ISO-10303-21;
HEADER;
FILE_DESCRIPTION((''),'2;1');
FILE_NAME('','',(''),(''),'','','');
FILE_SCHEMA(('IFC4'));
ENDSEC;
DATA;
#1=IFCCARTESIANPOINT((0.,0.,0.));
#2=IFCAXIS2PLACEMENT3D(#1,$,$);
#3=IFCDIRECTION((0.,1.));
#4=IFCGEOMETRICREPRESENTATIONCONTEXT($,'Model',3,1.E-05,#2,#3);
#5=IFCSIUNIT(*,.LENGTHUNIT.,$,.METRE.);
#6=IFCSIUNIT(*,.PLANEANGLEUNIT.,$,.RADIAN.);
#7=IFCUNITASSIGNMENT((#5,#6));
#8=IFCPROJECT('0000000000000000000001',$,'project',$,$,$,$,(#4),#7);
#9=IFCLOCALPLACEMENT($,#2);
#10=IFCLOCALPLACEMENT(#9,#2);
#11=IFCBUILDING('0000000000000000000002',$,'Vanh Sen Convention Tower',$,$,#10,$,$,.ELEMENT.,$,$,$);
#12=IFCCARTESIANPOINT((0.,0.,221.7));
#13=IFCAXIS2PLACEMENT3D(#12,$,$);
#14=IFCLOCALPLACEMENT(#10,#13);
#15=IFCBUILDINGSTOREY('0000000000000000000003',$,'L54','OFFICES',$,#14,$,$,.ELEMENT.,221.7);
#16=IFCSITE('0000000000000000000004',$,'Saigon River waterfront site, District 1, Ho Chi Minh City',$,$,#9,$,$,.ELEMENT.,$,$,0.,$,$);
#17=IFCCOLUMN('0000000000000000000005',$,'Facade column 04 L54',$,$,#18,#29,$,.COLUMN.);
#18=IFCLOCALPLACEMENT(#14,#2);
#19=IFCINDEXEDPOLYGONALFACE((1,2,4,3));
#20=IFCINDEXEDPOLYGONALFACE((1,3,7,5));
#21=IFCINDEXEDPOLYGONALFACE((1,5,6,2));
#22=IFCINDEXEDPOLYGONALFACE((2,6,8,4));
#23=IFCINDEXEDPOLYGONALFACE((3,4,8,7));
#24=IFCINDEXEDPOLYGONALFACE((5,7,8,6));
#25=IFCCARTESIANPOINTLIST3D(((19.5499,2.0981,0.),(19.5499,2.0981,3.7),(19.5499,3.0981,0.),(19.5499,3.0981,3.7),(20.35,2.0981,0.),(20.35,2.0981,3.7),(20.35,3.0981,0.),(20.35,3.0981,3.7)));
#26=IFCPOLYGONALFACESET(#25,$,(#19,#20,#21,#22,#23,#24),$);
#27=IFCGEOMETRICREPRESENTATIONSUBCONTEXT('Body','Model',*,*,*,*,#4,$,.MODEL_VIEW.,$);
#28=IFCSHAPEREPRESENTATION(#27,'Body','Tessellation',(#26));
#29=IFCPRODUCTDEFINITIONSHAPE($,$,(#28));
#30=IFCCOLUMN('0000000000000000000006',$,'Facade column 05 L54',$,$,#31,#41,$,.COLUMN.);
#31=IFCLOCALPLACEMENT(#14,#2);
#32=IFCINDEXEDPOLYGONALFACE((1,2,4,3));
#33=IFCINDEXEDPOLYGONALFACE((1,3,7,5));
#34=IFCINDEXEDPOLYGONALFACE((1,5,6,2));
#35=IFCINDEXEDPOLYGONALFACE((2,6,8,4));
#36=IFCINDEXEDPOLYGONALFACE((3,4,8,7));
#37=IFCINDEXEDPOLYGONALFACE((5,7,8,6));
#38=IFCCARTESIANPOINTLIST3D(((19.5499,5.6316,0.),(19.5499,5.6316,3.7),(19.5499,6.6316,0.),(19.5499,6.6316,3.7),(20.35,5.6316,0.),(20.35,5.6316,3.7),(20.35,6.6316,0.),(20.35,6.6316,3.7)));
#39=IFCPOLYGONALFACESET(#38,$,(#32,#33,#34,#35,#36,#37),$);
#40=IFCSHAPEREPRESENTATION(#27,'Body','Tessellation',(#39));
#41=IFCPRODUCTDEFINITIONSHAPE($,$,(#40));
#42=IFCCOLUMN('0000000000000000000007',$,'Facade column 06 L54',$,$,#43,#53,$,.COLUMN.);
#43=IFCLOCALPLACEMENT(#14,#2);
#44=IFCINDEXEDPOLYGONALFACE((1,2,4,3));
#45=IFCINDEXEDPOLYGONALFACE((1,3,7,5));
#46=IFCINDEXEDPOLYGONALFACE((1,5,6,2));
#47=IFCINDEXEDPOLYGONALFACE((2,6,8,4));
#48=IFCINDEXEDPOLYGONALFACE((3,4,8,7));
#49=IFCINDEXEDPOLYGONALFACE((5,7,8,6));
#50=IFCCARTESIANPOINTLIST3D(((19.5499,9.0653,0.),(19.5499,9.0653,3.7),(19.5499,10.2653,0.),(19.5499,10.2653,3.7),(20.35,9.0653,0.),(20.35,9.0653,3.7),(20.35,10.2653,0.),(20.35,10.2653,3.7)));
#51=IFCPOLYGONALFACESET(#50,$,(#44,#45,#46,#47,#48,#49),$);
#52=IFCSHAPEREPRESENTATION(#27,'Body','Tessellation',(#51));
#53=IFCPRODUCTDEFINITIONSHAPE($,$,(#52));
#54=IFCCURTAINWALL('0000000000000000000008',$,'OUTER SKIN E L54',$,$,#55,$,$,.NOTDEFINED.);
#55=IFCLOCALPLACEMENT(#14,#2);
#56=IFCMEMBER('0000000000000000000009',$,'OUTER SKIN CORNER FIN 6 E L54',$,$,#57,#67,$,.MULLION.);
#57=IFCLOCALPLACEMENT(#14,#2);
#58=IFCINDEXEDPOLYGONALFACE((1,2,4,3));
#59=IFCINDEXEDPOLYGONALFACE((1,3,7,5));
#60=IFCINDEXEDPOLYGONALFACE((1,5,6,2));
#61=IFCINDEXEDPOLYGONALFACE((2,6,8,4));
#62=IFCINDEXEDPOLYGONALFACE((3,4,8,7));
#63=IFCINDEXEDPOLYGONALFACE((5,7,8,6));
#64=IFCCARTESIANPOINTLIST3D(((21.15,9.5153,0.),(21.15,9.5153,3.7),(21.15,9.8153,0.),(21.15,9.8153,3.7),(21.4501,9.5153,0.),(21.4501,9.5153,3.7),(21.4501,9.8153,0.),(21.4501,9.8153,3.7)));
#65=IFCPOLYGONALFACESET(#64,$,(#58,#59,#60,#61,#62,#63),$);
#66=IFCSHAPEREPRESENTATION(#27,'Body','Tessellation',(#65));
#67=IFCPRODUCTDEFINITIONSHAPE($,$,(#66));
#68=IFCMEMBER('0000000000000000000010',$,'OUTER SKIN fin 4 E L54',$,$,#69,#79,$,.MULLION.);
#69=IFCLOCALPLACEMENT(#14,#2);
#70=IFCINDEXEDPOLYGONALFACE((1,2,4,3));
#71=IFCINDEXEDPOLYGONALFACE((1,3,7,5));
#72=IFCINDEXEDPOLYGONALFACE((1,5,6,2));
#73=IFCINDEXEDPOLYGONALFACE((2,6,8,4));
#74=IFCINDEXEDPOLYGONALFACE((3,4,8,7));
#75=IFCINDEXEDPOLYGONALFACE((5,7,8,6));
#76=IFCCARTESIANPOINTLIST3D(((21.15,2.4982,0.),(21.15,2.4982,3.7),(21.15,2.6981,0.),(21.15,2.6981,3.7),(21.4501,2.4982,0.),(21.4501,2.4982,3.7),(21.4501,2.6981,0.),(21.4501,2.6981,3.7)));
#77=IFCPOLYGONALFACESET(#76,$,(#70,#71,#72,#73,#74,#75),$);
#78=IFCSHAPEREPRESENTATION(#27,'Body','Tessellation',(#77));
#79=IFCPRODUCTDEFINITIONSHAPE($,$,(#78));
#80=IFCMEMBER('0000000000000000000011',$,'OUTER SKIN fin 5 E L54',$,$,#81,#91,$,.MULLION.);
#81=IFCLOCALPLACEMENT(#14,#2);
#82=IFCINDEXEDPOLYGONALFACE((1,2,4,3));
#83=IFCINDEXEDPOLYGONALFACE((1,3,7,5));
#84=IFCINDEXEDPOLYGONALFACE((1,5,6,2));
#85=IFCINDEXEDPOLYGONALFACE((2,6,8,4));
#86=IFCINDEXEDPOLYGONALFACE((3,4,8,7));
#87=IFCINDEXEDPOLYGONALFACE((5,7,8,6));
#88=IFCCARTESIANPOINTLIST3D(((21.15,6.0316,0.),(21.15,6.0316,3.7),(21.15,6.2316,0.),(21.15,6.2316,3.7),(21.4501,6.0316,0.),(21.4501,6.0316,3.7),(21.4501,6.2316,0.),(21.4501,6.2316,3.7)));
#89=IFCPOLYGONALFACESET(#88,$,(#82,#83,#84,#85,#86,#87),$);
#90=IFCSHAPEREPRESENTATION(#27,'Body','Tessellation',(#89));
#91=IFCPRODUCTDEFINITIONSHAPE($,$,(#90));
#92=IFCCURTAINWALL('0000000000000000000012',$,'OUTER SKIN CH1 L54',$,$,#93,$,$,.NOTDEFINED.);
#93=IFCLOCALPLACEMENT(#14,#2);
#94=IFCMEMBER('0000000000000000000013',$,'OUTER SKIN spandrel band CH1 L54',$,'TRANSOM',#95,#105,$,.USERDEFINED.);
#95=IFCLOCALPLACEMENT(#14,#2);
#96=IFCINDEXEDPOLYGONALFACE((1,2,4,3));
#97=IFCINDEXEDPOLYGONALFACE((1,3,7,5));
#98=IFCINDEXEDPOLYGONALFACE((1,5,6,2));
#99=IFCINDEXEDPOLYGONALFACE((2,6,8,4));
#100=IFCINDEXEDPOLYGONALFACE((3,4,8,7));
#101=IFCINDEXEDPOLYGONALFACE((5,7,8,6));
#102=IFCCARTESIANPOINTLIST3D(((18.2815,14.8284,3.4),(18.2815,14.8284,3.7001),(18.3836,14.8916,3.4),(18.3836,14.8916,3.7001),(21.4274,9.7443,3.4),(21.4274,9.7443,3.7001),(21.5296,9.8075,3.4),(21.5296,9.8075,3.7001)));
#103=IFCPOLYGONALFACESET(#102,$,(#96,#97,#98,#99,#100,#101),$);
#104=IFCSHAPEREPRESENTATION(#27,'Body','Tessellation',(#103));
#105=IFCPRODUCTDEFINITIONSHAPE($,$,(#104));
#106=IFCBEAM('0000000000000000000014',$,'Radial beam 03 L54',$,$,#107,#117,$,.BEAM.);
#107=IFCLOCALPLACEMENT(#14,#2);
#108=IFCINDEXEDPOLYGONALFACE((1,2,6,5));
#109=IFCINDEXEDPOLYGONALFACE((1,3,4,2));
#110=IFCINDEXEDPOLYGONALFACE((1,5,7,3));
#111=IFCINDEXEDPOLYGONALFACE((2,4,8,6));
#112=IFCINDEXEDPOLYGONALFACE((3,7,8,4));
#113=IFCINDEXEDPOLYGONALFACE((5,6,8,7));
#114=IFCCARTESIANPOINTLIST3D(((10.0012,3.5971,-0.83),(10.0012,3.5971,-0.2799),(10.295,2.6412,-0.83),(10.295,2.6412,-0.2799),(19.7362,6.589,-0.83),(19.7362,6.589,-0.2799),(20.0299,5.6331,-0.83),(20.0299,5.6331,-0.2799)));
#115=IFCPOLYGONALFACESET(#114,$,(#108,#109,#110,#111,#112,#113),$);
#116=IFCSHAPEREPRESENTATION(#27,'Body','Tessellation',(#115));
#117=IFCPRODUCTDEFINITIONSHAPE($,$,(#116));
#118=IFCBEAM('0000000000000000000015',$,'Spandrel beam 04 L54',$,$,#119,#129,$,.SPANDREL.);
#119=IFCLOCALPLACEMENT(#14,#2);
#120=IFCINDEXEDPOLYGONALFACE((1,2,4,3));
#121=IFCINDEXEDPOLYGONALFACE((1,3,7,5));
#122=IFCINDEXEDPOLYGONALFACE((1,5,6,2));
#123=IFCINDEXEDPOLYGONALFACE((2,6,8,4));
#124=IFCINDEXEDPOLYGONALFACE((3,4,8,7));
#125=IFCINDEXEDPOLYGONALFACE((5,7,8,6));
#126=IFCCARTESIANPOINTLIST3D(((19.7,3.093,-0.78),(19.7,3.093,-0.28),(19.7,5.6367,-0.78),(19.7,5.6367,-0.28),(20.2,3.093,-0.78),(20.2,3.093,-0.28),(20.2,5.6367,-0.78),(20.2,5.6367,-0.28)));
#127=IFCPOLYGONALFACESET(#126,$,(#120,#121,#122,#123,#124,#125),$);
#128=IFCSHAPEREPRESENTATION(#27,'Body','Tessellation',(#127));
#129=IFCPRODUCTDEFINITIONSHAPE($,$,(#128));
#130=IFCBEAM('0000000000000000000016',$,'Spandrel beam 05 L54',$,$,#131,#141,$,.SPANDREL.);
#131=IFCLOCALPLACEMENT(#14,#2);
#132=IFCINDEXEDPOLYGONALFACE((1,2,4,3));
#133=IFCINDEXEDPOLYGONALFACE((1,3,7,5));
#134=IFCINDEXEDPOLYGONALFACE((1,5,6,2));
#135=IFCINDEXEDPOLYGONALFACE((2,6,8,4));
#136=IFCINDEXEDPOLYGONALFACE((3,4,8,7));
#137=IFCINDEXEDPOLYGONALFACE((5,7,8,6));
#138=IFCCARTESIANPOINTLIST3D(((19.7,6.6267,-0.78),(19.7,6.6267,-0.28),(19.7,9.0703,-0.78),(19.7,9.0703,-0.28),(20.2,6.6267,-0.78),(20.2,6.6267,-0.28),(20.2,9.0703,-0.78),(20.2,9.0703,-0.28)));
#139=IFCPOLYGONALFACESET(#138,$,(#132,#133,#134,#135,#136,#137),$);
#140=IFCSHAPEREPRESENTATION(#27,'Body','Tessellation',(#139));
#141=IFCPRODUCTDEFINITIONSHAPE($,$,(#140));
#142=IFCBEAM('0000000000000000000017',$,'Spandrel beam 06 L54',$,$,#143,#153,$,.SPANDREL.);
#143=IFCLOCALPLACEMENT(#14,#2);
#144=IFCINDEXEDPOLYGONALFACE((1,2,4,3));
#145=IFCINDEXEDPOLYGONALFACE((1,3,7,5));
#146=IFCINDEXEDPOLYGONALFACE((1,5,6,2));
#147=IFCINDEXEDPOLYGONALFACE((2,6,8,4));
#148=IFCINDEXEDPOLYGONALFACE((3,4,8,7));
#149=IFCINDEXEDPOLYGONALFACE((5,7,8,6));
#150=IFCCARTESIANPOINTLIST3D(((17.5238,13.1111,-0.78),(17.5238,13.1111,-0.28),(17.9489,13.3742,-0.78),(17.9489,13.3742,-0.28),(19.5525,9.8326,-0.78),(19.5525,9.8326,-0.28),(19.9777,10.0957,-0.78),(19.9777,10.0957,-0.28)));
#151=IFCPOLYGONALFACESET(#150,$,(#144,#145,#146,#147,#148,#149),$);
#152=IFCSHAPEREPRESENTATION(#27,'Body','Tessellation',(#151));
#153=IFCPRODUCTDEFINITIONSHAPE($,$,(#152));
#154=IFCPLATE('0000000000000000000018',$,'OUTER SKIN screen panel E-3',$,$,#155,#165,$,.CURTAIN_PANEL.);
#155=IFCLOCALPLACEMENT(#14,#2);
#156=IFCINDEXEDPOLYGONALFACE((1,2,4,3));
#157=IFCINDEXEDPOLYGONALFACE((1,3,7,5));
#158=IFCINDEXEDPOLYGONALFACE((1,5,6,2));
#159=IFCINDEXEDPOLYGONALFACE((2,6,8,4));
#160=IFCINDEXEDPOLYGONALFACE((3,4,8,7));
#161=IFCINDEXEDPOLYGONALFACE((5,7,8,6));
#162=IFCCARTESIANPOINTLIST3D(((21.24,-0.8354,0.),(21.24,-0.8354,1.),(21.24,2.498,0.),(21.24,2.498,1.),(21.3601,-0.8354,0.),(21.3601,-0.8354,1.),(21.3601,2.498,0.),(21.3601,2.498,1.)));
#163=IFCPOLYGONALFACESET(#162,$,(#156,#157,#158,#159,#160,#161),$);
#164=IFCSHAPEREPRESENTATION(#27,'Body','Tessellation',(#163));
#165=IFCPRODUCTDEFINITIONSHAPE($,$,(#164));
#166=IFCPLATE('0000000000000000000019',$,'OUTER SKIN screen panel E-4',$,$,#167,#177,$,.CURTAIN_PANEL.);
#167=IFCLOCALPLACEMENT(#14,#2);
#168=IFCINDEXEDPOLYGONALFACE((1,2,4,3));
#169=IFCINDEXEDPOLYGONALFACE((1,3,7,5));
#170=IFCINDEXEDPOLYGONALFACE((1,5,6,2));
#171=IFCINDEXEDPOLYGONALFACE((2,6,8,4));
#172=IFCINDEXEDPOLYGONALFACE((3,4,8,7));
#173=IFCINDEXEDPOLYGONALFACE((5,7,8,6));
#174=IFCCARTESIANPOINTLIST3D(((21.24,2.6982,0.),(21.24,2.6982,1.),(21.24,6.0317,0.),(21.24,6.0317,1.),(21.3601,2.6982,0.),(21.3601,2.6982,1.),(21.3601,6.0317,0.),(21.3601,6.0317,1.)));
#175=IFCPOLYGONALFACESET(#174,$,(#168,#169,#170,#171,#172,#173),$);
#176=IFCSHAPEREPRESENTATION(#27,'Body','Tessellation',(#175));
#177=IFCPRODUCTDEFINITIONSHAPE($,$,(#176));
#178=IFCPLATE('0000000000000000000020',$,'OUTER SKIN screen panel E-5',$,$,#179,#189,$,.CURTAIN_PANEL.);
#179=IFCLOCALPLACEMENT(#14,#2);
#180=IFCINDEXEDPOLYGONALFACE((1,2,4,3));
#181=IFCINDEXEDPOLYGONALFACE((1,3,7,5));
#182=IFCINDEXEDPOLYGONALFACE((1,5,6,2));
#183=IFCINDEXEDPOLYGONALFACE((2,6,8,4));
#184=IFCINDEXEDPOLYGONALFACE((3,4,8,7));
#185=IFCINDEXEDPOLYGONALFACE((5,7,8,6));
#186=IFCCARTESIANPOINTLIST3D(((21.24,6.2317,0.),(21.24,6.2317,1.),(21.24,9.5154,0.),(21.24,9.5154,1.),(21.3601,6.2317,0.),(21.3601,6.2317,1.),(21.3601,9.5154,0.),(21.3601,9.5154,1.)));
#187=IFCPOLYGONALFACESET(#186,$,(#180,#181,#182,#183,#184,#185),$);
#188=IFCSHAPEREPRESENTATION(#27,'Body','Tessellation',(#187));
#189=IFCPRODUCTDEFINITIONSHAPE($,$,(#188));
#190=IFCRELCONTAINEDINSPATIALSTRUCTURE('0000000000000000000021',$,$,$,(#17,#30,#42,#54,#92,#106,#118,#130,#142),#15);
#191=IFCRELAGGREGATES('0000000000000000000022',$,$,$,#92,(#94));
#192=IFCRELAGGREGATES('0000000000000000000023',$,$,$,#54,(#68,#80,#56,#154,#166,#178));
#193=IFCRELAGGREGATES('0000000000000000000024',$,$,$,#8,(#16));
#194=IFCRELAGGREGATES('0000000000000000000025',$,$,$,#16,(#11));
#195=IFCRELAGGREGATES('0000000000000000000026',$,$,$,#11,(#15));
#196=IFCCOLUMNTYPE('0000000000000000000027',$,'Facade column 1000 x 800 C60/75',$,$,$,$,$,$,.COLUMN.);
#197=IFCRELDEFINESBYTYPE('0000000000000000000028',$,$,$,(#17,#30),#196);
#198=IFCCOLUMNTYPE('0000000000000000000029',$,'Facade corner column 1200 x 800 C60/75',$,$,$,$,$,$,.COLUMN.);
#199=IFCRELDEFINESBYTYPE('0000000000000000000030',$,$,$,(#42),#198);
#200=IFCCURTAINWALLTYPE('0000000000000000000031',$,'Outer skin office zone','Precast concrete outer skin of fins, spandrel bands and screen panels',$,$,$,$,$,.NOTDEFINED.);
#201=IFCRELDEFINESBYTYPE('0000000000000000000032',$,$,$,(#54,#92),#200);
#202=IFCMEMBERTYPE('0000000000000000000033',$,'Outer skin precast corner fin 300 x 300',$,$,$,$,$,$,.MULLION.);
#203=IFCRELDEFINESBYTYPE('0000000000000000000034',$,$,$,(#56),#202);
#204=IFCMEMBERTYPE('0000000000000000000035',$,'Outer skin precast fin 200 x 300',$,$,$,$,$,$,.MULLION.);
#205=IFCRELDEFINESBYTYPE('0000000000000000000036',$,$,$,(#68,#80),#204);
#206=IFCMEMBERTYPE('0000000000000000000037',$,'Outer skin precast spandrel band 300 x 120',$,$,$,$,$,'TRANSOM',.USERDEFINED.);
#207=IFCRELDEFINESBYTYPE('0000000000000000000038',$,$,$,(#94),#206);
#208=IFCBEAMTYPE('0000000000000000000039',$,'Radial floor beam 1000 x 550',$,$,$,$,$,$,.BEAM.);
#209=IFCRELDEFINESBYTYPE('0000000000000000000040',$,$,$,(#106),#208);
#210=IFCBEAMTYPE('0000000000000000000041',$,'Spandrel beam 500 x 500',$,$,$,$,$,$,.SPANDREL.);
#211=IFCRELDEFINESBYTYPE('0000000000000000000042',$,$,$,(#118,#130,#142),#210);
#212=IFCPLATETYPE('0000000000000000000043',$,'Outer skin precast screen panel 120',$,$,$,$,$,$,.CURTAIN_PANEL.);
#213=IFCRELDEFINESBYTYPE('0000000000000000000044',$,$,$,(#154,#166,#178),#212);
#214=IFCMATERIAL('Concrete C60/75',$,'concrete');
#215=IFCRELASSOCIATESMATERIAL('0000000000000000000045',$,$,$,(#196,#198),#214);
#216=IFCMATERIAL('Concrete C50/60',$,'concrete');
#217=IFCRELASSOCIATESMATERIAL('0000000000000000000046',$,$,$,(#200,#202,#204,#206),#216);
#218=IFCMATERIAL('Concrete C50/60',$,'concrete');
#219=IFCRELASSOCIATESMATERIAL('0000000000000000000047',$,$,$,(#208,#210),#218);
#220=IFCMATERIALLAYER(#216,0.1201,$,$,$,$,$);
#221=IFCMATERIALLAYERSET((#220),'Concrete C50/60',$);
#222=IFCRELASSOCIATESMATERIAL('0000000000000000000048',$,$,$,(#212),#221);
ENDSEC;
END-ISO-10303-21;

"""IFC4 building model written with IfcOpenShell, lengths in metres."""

from ifc_helpers import new_model, si_unit, direction, frame, origin, origin_2d, place, context, subcontext, project, spatial, rectangle, extrude, material, layer, layer_set, material_profile, profile_set, type_object, element, aggregate, save


model = new_model("IFC4")

# Units and contexts
model_context = context("Model", 3, precision=1e-05, world=origin(), true_north=direction((0.0, 1.0)))
body_context = subcontext(model_context, "Body", "Model", "MODEL_VIEW")
ifc_project = project(units=[si_unit("LENGTHUNIT", "METRE"), si_unit("PLANEANGLEUNIT", "RADIAN")], contexts=[model_context])

# Site, building, storey
site_placement = place(None, origin())
site = spatial("IfcSite", under=ifc_project, at=site_placement, Name="Saigon River waterfront site, District 1, Ho Chi Minh City", CompositionType="ELEMENT", RefElevation=0.0)
building_placement = place(site_placement, origin())
building = spatial("IfcBuilding", under=site, at=building_placement, Name="Vanh Sen Convention Tower", CompositionType="ELEMENT")
storey_placement = place(building_placement, frame((0.0, 0.0, 221.7)))
storey = spatial("IfcBuildingStorey", under=building, at=storey_placement, Name="L54", Description="OFFICES", CompositionType="ELEMENT", Elevation=221.7)

# Columns
ifc_material_1 = material(Name="Concrete C60/75", Category="concrete")
ifc_material_profile_1 = material_profile(ifc_material_1, rectangle(XDim=1.0, YDim=0.8, at=origin_2d()), Name="RC 1000X800")
ifc_profile_set_1 = profile_set([ifc_material_profile_1], Name="Concrete C60/75")
column_type_1 = type_object("IfcColumnType", Name="Facade column 1000 x 800 C60/75", PredefinedType="COLUMN", material=ifc_profile_set_1)
for number, where, z_axis, x_axis, name in (
    (1, (19.95, 2.5981, 0.0), (0.0, 0.0, 1.0), (0.0, 1.0, 0.0), "Facade column 04 L54"),
    (2, (19.95, 6.1316, 0.0), (0.0, 0.0, 1.0), (0.0, 1.0, 0.0), "Facade column 05 L54"),
):
    element("IfcColumn", number, at=place(storey_placement, frame(where, z_axis=z_axis, x_axis=x_axis)), inside=storey, type_object=column_type_1, Name=name, PredefinedType="COLUMN", context=body_context, shape_type="SweptSolid", body=[
        extrude(rectangle(XDim=1.0, YDim=0.8, at=origin_2d()), origin(), (0.0, 0.0, 1.0), 3.7),
    ])
ifc_material_profile_2 = material_profile(ifc_material_1, rectangle(XDim=1.2, YDim=0.8, at=origin_2d()), Name="RC 1200X800")
ifc_profile_set_2 = profile_set([ifc_material_profile_2], Name="Concrete C60/75")
column_type_2 = type_object("IfcColumnType", Name="Facade corner column 1200 x 800 C60/75", PredefinedType="COLUMN", material=ifc_profile_set_2)
column_placement = place(storey_placement, frame((19.95, 9.6653, 0.0), z_axis=(0.0, 0.0, 1.0), x_axis=(0.0, 1.0, 0.0)))
element("IfcColumn", 3, at=column_placement, inside=storey, type_object=column_type_2, Name="Facade column 06 L54", PredefinedType="COLUMN", context=body_context, shape_type="SweptSolid", body=[
    extrude(rectangle(XDim=1.2, YDim=0.8, at=origin_2d()), origin(), (0.0, 0.0, 1.0), 3.7),
])

# Curtain wall, members
ifc_material_2 = material(Name="Concrete C50/60", Category="concrete")
curtain_wall_type = type_object("IfcCurtainWallType", Name="Outer skin office zone", Description="Precast concrete outer skin of fins, spandrel bands and screen panels", PredefinedType="NOTDEFINED", material=ifc_material_2)
curtain_wall_1_placement = place(storey_placement, origin())
curtain_wall_1 = element("IfcCurtainWall", 4, at=curtain_wall_1_placement, inside=storey, type_object=curtain_wall_type, Name="OUTER SKIN E L54", PredefinedType="NOTDEFINED")
ifc_material_profile_3 = material_profile(ifc_material_2, rectangle(XDim=0.3, YDim=0.3, at=origin_2d()), Name="Outer skin precast corner fin 300 x 300")
ifc_profile_set_3 = profile_set([ifc_material_profile_3], Name="Concrete C50/60")
member_type_1 = type_object("IfcMemberType", Name="Outer skin precast corner fin 300 x 300", PredefinedType="MULLION", material=ifc_profile_set_3)
member_1_placement = place(storey_placement, frame((21.3, 9.6653, 0.0), z_axis=(0.0, 0.0, 1.0), x_axis=(0.0, 1.0, 0.0)))
member_1 = element("IfcMember", 5, at=member_1_placement, type_object=member_type_1, Name="OUTER SKIN CORNER FIN 6 E L54", PredefinedType="MULLION", context=body_context, shape_type="SweptSolid", body=[
    extrude(rectangle(XDim=0.3, YDim=0.3, at=origin_2d()), origin(), (0.0, 0.0, 1.0), 3.7),
])
ifc_material_profile_4 = material_profile(ifc_material_2, rectangle(XDim=0.2, YDim=0.3, at=origin_2d()), Name="Outer skin precast fin 200 x 300")
ifc_profile_set_4 = profile_set([ifc_material_profile_4], Name="Concrete C50/60")
member_type_2 = type_object("IfcMemberType", Name="Outer skin precast fin 200 x 300", PredefinedType="MULLION", material=ifc_profile_set_4)
member_2_placement = place(storey_placement, frame((21.3, 2.5981, 0.0), z_axis=(0.0, 0.0, 1.0), x_axis=(0.0, 1.0, 0.0)))
member_2 = element("IfcMember", 6, at=member_2_placement, type_object=member_type_2, Name="OUTER SKIN fin 4 E L54", PredefinedType="MULLION", context=body_context, shape_type="SweptSolid", body=[
    extrude(rectangle(XDim=0.2, YDim=0.3, at=origin_2d()), origin(), (0.0, 0.0, 1.0), 3.7),
])
member_3_placement = place(storey_placement, frame((21.3, 6.1316, 0.0), z_axis=(0.0, 0.0, 1.0), x_axis=(0.0, 1.0, 0.0)))
member_3 = element("IfcMember", 7, at=member_3_placement, type_object=member_type_2, Name="OUTER SKIN fin 5 E L54", PredefinedType="MULLION", context=body_context, shape_type="SweptSolid", body=[
    extrude(rectangle(XDim=0.2, YDim=0.3, at=origin_2d()), origin(), (0.0, 0.0, 1.0), 3.7),
])

# Curtain wall, member
curtain_wall_2_placement = place(storey_placement, origin())
curtain_wall_2 = element("IfcCurtainWall", 8, at=curtain_wall_2_placement, inside=storey, type_object=curtain_wall_type, Name="OUTER SKIN CH1 L54", PredefinedType="NOTDEFINED")
ifc_material_profile_5 = material_profile(ifc_material_2, rectangle(XDim=0.1201, YDim=0.3, at=origin_2d()), Name="Outer skin precast spandrel band 300 x 120")
ifc_profile_set_5 = profile_set([ifc_material_profile_5], Name="Concrete C50/60")
member_type_3 = type_object("IfcMemberType", Name="Outer skin precast spandrel band 300 x 120", ElementType="TRANSOM", PredefinedType="USERDEFINED", material=ifc_profile_set_5)
member_4_placement = place(storey_placement, frame((21.4785, 9.7759, 3.55), z_axis=(-0.526187, 0.850369, 0.0), x_axis=(-0.850369, -0.526187, 0.0)))
member_4 = element("IfcMember", 9, at=member_4_placement, type_object=member_type_3, Name="OUTER SKIN spandrel band CH1 L54", ObjectType="TRANSOM", PredefinedType="USERDEFINED", context=body_context, shape_type="SweptSolid", body=[
    extrude(rectangle(XDim=0.1201, YDim=0.3, at=origin_2d()), origin(), (0.0, 0.0, 1.0), 5.9788),
])
aggregate(curtain_wall_2, [member_4])

# Beams
ifc_material_3 = material(Name="Concrete C50/60", Category="concrete")
ifc_material_profile_6 = material_profile(ifc_material_3, rectangle(XDim=1.0, YDim=0.55, at=origin_2d()), Name="RC 1000X550")
ifc_profile_set_6 = profile_set([ifc_material_profile_6], Name="Concrete C50/60")
beam_type_1 = type_object("IfcBeamType", Name="Radial floor beam 1000 x 550", PredefinedType="BEAM", material=ifc_profile_set_6)
beam_1_placement = place(storey_placement, frame((19.8831, 6.1111, -0.5549), z_axis=(-0.955873, -0.293781, 0.0), x_axis=(0.293781, -0.955873, 0.0)))
element("IfcBeam", 10, at=beam_1_placement, inside=storey, type_object=beam_type_1, Name="Radial beam 03 L54", PredefinedType="BEAM", context=body_context, shape_type="SweptSolid", body=[
    extrude(rectangle(XDim=1.0, YDim=0.55, at=origin_2d()), origin(), (0.0, 0.0, 1.0), 10.1843),
])
ifc_material_profile_7 = material_profile(ifc_material_3, rectangle(XDim=0.5, YDim=0.5, at=origin_2d()), Name="RC 500X500")
ifc_profile_set_7 = profile_set([ifc_material_profile_7], Name="Concrete C50/60")
beam_type_2 = type_object("IfcBeamType", Name="Spandrel beam 500 x 500", PredefinedType="SPANDREL", material=ifc_profile_set_7)
beam_2_placement = place(storey_placement, frame((19.95, 3.093, -0.53), z_axis=(0.0, 1.0, 0.0), x_axis=(-1.0, 0.0, 0.0)))
element("IfcBeam", 11, at=beam_2_placement, inside=storey, type_object=beam_type_2, Name="Spandrel beam 04 L54", PredefinedType="SPANDREL", context=body_context, shape_type="SweptSolid", body=[
    extrude(rectangle(XDim=0.5, YDim=0.5, at=origin_2d()), origin(), (0.0, 0.0, 1.0), 2.5437),
])
beam_3_placement = place(storey_placement, frame((19.95, 6.6267, -0.53), z_axis=(0.0, 1.0, 0.0), x_axis=(-1.0, 0.0, 0.0)))
element("IfcBeam", 12, at=beam_3_placement, inside=storey, type_object=beam_type_2, Name="Spandrel beam 05 L54", PredefinedType="SPANDREL", context=body_context, shape_type="SweptSolid", body=[
    extrude(rectangle(XDim=0.5, YDim=0.5, at=origin_2d()), origin(), (0.0, 0.0, 1.0), 2.4436),
])
beam_4_placement = place(storey_placement, frame((19.7651, 9.9641, -0.53), z_axis=(-0.526209, 0.850356, 0.0), x_axis=(-0.850356, -0.526209, 0.0)))
element("IfcBeam", 13, at=beam_4_placement, inside=storey, type_object=beam_type_2, Name="Spandrel beam 06 L54", PredefinedType="SPANDREL", context=body_context, shape_type="SweptSolid", body=[
    extrude(rectangle(XDim=0.5, YDim=0.5, at=origin_2d()), origin(), (0.0, 0.0, 1.0), 3.8555),
])

# Plates
ifc_layer_1 = layer(ifc_material_2, 0.1201)
ifc_layer_set_1 = layer_set([ifc_layer_1], Name="Concrete C50/60")
plate_type = type_object("IfcPlateType", Name="Outer skin precast screen panel 120", PredefinedType="CURTAIN_PANEL", material=ifc_layer_set_1)
plate_1_placement = place(storey_placement, frame((21.3, 0.8313, 0.0), z_axis=(0.0, 0.0, 1.0), x_axis=(0.0, 1.0, 0.0)))
plate_1 = element("IfcPlate", 14, at=plate_1_placement, type_object=plate_type, Name="OUTER SKIN screen panel E-3", PredefinedType="CURTAIN_PANEL", context=body_context, shape_type="SweptSolid", body=[
    extrude(rectangle(XDim=3.3335, YDim=0.1201, at=origin_2d()), origin(), (0.0, 0.0, 1.0), 1.0),
])
plate_2_placement = place(storey_placement, frame((21.3, 4.365, 0.0), z_axis=(0.0, 0.0, 1.0), x_axis=(0.0, 1.0, 0.0)))
plate_2 = element("IfcPlate", 15, at=plate_2_placement, type_object=plate_type, Name="OUTER SKIN screen panel E-4", PredefinedType="CURTAIN_PANEL", context=body_context, shape_type="SweptSolid", body=[
    extrude(rectangle(XDim=3.3335, YDim=0.1201, at=origin_2d()), origin(), (0.0, 0.0, 1.0), 1.0),
])
plate_3_placement = place(storey_placement, frame((21.3, 7.8735, 0.0), z_axis=(0.0, 0.0, 1.0), x_axis=(0.0, 1.0, 0.0)))
plate_3 = element("IfcPlate", 16, at=plate_3_placement, type_object=plate_type, Name="OUTER SKIN screen panel E-5", PredefinedType="CURTAIN_PANEL", context=body_context, shape_type="SweptSolid", body=[
    extrude(rectangle(XDim=3.2837, YDim=0.1201, at=origin_2d()), origin(), (0.0, 0.0, 1.0), 1.0),
])
aggregate(curtain_wall_1, [member_2, member_3, member_1, plate_1, plate_2, plate_3])

save(model, "model.ifc")
